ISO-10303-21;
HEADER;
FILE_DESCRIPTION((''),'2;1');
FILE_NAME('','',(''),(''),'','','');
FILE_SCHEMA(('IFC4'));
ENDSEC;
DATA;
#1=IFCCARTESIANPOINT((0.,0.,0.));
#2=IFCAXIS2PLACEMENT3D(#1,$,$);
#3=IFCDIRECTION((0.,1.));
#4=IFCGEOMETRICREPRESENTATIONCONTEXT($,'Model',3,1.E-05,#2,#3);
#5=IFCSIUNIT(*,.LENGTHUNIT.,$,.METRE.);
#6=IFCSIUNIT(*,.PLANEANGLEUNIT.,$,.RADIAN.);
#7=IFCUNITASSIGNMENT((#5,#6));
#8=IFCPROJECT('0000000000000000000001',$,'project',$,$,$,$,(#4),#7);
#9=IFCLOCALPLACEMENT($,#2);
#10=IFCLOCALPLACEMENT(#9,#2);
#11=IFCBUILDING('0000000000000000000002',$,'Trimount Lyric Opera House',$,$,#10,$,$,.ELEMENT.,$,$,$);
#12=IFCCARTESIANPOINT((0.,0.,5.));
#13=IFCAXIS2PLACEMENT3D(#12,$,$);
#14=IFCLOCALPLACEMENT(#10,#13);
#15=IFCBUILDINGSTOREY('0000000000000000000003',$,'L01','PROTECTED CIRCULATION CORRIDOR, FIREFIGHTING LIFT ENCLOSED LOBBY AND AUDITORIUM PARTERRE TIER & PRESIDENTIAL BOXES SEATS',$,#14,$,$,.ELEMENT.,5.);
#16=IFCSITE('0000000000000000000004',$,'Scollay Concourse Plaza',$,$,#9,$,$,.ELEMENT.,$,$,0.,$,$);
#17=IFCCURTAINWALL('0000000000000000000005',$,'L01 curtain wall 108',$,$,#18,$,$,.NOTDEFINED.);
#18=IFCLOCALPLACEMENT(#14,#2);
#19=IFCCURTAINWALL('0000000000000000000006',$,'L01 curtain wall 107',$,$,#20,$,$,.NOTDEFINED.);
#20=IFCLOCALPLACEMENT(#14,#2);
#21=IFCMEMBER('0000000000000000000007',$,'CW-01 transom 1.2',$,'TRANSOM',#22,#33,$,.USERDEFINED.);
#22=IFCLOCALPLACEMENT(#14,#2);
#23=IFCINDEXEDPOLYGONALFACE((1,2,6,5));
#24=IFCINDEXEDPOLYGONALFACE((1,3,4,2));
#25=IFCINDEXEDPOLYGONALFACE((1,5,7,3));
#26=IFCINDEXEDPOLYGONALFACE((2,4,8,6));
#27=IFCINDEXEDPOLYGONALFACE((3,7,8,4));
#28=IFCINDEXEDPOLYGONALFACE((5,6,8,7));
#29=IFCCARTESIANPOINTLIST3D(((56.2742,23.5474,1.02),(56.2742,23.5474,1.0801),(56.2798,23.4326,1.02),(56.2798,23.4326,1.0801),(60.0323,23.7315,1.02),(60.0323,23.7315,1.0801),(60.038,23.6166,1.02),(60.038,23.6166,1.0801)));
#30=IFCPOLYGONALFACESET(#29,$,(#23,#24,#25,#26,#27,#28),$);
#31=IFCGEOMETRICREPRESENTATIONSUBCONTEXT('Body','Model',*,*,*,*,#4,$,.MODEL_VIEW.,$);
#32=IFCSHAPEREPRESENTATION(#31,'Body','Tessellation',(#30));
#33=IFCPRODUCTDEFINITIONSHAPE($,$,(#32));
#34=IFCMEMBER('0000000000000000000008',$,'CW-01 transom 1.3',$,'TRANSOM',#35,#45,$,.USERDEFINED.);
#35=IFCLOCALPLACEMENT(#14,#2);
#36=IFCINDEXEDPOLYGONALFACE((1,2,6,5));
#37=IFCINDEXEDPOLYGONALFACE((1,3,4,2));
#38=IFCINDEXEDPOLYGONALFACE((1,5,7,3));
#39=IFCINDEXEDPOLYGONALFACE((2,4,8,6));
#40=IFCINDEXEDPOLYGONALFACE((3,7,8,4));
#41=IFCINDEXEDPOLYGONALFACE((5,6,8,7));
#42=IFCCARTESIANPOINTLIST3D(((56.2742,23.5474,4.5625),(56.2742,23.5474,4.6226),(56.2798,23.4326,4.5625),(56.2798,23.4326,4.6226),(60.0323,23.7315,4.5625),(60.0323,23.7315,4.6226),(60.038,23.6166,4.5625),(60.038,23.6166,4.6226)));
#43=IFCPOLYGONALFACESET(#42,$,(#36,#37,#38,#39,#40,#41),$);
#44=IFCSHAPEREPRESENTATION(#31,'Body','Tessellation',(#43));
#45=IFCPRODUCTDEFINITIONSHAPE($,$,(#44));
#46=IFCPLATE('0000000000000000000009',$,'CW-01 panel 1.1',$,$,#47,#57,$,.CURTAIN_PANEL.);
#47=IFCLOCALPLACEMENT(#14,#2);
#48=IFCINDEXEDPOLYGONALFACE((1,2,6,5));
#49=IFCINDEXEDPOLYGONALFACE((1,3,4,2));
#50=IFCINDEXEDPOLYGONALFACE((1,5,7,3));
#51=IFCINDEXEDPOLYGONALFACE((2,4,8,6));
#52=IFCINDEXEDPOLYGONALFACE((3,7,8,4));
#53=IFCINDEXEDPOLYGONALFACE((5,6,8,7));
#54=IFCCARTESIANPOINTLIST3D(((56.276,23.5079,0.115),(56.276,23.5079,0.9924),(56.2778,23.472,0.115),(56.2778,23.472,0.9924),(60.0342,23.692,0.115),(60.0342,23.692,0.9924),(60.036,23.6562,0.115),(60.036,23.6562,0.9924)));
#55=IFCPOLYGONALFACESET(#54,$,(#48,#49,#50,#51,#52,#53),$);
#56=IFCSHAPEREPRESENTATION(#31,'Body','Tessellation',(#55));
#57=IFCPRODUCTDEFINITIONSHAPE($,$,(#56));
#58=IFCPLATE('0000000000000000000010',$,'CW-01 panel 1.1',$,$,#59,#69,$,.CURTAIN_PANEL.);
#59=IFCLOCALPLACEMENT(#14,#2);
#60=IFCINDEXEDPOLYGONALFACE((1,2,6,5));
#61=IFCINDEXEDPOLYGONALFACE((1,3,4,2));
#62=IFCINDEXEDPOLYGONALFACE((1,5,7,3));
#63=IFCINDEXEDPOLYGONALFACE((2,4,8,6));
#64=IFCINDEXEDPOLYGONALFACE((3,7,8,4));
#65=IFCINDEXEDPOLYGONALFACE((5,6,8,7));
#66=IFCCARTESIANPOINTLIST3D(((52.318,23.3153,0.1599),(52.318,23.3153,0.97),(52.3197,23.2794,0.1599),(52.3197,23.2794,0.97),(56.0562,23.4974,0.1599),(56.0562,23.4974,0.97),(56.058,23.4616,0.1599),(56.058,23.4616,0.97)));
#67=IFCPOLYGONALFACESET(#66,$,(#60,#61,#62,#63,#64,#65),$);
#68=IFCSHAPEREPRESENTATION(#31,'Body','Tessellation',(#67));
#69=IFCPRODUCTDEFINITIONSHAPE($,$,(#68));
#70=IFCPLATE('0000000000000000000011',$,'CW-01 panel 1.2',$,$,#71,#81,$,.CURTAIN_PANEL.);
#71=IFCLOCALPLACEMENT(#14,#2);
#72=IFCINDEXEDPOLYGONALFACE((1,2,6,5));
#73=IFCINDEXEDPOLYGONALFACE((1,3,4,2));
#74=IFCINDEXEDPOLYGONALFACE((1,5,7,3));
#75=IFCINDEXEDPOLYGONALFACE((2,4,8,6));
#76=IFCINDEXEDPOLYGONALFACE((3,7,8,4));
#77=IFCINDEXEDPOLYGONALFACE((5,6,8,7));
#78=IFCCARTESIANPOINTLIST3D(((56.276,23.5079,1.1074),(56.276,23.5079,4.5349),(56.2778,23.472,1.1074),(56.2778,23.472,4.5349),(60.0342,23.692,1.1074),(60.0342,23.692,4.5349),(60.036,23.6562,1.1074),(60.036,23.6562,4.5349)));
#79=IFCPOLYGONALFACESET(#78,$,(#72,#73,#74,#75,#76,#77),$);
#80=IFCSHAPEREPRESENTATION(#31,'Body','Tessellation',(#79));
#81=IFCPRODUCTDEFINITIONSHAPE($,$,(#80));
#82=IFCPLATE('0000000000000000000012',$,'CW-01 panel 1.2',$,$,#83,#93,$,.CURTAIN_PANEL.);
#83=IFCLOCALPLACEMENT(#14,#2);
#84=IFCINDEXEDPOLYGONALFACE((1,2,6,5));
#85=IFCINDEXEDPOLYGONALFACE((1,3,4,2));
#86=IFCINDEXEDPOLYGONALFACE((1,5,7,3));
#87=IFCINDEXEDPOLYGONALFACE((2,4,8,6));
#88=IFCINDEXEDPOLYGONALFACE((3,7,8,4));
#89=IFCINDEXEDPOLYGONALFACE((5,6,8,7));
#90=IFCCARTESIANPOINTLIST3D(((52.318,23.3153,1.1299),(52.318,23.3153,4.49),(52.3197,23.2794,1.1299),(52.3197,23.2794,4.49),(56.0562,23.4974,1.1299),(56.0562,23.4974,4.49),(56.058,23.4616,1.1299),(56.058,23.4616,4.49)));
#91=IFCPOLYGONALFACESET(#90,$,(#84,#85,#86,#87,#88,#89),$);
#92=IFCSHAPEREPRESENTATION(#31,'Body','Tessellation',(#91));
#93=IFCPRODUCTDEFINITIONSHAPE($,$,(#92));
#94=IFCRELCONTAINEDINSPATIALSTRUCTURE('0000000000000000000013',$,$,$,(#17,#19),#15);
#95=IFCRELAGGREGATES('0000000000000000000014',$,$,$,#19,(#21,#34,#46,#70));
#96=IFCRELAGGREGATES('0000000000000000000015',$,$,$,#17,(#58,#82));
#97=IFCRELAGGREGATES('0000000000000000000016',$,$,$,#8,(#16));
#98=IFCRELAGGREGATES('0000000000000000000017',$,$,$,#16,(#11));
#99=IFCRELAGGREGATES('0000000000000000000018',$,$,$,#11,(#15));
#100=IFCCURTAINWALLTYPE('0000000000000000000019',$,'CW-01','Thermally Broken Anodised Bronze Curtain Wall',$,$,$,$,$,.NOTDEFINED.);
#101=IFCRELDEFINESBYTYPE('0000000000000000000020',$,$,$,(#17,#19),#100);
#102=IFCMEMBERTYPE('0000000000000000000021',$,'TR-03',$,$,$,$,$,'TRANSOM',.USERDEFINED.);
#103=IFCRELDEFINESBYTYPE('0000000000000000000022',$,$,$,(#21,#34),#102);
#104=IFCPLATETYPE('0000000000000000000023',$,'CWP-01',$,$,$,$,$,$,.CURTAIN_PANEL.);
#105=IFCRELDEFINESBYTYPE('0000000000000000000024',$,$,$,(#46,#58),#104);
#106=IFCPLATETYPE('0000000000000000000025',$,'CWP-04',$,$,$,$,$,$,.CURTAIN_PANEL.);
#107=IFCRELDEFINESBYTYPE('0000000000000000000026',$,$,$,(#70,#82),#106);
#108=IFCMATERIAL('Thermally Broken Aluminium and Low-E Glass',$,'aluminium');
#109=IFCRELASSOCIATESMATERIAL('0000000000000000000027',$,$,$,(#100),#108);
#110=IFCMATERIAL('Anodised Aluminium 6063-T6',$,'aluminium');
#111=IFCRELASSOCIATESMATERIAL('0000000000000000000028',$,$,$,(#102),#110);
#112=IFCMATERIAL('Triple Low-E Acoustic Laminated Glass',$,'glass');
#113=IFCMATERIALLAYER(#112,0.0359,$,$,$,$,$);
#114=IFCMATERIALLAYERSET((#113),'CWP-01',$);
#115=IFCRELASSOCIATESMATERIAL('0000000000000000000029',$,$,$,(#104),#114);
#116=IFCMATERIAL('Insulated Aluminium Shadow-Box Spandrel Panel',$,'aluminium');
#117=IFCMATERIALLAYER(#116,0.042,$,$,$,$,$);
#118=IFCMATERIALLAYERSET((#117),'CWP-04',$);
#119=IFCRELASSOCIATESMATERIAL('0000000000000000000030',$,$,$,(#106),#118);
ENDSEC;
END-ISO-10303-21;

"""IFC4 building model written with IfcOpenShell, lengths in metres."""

from ifc_helpers import new_model, si_unit, direction, frame, origin, origin_2d, place, context, subcontext, project, spatial, rectangle, extrude, material, layer, layer_set, material_profile, profile_set, type_object, element, aggregate, save


model = new_model("IFC4")

# Units and contexts
model_context = context("Model", 3, precision=1e-05, world=origin(), true_north=direction((0.0, 1.0)))
body_context = subcontext(model_context, "Body", "Model", "MODEL_VIEW")
ifc_project = project(units=[si_unit("LENGTHUNIT", "METRE"), si_unit("PLANEANGLEUNIT", "RADIAN")], contexts=[model_context])

# Site, building, storey
site_placement = place(None, origin())
site = spatial("IfcSite", under=ifc_project, at=site_placement, Name="Scollay Concourse Plaza", CompositionType="ELEMENT", RefElevation=0.0)
building_placement = place(site_placement, origin())
building = spatial("IfcBuilding", under=site, at=building_placement, Name="Trimount Lyric Opera House", CompositionType="ELEMENT")
storey_placement = place(building_placement, frame((0.0, 0.0, 5.0)))
storey = spatial("IfcBuildingStorey", under=building, at=storey_placement, Name="L01", Description="PROTECTED CIRCULATION CORRIDOR, FIREFIGHTING LIFT ENCLOSED LOBBY AND AUDITORIUM PARTERRE TIER & PRESIDENTIAL BOXES SEATS", CompositionType="ELEMENT", Elevation=5.0)

# Curtain wall
ifc_material_1 = material(Name="Thermally Broken Aluminium and Low-E Glass", Category="aluminium")
curtain_wall_type = type_object("IfcCurtainWallType", Name="CW-01", Description="Thermally Broken Anodised Bronze Curtain Wall", PredefinedType="NOTDEFINED", material=ifc_material_1)
curtain_wall_1_placement = place(storey_placement, origin())
curtain_wall_1 = element("IfcCurtainWall", 1, at=curtain_wall_1_placement, inside=storey, type_object=curtain_wall_type, Name="L01 curtain wall 108", PredefinedType="NOTDEFINED")

# Curtain wall
curtain_wall_2_placement = place(storey_placement, origin())
curtain_wall_2 = element("IfcCurtainWall", 2, at=curtain_wall_2_placement, inside=storey, type_object=curtain_wall_type, Name="L01 curtain wall 107", PredefinedType="NOTDEFINED")

# Members
ifc_material_2 = material(Name="Anodised Aluminium 6063-T6", Category="aluminium")
ifc_material_profile_1 = material_profile(ifc_material_2, rectangle(XDim=0.115, YDim=0.0601, at=origin_2d()), Name="ALU-TRAN-60X115")
ifc_profile_set_1 = profile_set([ifc_material_profile_1], Name="Anodised Aluminium 6063-T6")
member_type_1 = type_object("IfcMemberType", Name="TR-03", ElementType="TRANSOM", PredefinedType="USERDEFINED", material=ifc_profile_set_1)
member_1_placement = place(storey_placement, frame((60.0352, 23.6741, 1.05), z_axis=(-0.998803, -0.048921, 0.0), x_axis=(0.048921, -0.998803, 0.0)))
member_1 = element("IfcMember", 3, at=member_1_placement, type_object=member_type_1, Name="CW-01 transom 1.2", ObjectType="TRANSOM", PredefinedType="USERDEFINED", context=body_context, shape_type="SweptSolid", body=[
    extrude(rectangle(XDim=0.115, YDim=0.0601, at=origin_2d()), origin(), (0.0, 0.0, 1.0), 3.7627),
])
member_2_placement = place(storey_placement, frame((60.0352, 23.6741, 4.5925), z_axis=(-0.998803, -0.048921, 0.0), x_axis=(0.048921, -0.998803, 0.0)))
member_2 = element("IfcMember", 4, at=member_2_placement, type_object=member_type_1, Name="CW-01 transom 1.3", ObjectType="TRANSOM", PredefinedType="USERDEFINED", context=body_context, shape_type="SweptSolid", body=[
    extrude(rectangle(XDim=0.115, YDim=0.0601, at=origin_2d()), origin(), (0.0, 0.0, 1.0), 3.7627),
])

# Plates
ifc_material_3 = material(Name="Triple Low-E Acoustic Laminated Glass", Category="glass")
ifc_layer_1 = layer(ifc_material_3, 0.0359)
ifc_layer_set_1 = layer_set([ifc_layer_1], Name="CWP-01")
plate_type_1 = type_object("IfcPlateType", Name="CWP-01", PredefinedType="CURTAIN_PANEL", material=ifc_layer_set_1)
plate_1_placement = place(storey_placement, frame((58.156, 23.582, 0.115), z_axis=(0.0, 0.0, 1.0), x_axis=(-0.998802, -0.048936, 0.0)))
plate_1 = element("IfcPlate", 5, at=plate_1_placement, type_object=plate_type_1, Name="CW-01 panel 1.1", PredefinedType="CURTAIN_PANEL", context=body_context, shape_type="SweptSolid", body=[
    extrude(rectangle(XDim=3.7627, YDim=0.0359, at=origin_2d()), origin(), (0.0, 0.0, 1.0), 0.8774),
])
plate_2_placement = place(storey_placement, frame((54.188, 23.3884, 0.1599), z_axis=(0.0, 0.0, 1.0), x_axis=(-0.998814, -0.048679, 0.0)))
plate_2 = element("IfcPlate", 6, at=plate_2_placement, type_object=plate_type_1, Name="CW-01 panel 1.1", PredefinedType="CURTAIN_PANEL", context=body_context, shape_type="SweptSolid", body=[
    extrude(rectangle(XDim=3.7427, YDim=0.0359, at=origin_2d()), origin(), (0.0, 0.0, 1.0), 0.8101),
])
ifc_material_4 = material(Name="Insulated Aluminium Shadow-Box Spandrel Panel", Category="aluminium")
ifc_layer_2 = layer(ifc_material_4, 0.042)
ifc_layer_set_2 = layer_set([ifc_layer_2], Name="CWP-04")
plate_type_2 = type_object("IfcPlateType", Name="CWP-04", PredefinedType="CURTAIN_PANEL", material=ifc_layer_set_2)
plate_3_placement = place(storey_placement, frame((58.156, 23.582, 1.1074), z_axis=(0.0, 0.0, 1.0), x_axis=(-0.998802, -0.048936, 0.0)))
plate_3 = element("IfcPlate", 7, at=plate_3_placement, type_object=plate_type_2, Name="CW-01 panel 1.2", PredefinedType="CURTAIN_PANEL", context=body_context, shape_type="SweptSolid", body=[
    extrude(rectangle(XDim=3.7627, YDim=0.0359, at=origin_2d()), origin(), (0.0, 0.0, 1.0), 3.4275),
])
aggregate(curtain_wall_2, [member_1, member_2, plate_1, plate_3])
plate_4_placement = place(storey_placement, frame((54.188, 23.3884, 1.1299), z_axis=(0.0, 0.0, 1.0), x_axis=(-0.998814, -0.048679, 0.0)))
plate_4 = element("IfcPlate", 8, at=plate_4_placement, type_object=plate_type_2, Name="CW-01 panel 1.2", PredefinedType="CURTAIN_PANEL", context=body_context, shape_type="SweptSolid", body=[
    extrude(rectangle(XDim=3.7427, YDim=0.0359, at=origin_2d()), origin(), (0.0, 0.0, 1.0), 3.3601),
])
aggregate(curtain_wall_1, [plate_2, plate_4])

save(model, "model.ifc")
